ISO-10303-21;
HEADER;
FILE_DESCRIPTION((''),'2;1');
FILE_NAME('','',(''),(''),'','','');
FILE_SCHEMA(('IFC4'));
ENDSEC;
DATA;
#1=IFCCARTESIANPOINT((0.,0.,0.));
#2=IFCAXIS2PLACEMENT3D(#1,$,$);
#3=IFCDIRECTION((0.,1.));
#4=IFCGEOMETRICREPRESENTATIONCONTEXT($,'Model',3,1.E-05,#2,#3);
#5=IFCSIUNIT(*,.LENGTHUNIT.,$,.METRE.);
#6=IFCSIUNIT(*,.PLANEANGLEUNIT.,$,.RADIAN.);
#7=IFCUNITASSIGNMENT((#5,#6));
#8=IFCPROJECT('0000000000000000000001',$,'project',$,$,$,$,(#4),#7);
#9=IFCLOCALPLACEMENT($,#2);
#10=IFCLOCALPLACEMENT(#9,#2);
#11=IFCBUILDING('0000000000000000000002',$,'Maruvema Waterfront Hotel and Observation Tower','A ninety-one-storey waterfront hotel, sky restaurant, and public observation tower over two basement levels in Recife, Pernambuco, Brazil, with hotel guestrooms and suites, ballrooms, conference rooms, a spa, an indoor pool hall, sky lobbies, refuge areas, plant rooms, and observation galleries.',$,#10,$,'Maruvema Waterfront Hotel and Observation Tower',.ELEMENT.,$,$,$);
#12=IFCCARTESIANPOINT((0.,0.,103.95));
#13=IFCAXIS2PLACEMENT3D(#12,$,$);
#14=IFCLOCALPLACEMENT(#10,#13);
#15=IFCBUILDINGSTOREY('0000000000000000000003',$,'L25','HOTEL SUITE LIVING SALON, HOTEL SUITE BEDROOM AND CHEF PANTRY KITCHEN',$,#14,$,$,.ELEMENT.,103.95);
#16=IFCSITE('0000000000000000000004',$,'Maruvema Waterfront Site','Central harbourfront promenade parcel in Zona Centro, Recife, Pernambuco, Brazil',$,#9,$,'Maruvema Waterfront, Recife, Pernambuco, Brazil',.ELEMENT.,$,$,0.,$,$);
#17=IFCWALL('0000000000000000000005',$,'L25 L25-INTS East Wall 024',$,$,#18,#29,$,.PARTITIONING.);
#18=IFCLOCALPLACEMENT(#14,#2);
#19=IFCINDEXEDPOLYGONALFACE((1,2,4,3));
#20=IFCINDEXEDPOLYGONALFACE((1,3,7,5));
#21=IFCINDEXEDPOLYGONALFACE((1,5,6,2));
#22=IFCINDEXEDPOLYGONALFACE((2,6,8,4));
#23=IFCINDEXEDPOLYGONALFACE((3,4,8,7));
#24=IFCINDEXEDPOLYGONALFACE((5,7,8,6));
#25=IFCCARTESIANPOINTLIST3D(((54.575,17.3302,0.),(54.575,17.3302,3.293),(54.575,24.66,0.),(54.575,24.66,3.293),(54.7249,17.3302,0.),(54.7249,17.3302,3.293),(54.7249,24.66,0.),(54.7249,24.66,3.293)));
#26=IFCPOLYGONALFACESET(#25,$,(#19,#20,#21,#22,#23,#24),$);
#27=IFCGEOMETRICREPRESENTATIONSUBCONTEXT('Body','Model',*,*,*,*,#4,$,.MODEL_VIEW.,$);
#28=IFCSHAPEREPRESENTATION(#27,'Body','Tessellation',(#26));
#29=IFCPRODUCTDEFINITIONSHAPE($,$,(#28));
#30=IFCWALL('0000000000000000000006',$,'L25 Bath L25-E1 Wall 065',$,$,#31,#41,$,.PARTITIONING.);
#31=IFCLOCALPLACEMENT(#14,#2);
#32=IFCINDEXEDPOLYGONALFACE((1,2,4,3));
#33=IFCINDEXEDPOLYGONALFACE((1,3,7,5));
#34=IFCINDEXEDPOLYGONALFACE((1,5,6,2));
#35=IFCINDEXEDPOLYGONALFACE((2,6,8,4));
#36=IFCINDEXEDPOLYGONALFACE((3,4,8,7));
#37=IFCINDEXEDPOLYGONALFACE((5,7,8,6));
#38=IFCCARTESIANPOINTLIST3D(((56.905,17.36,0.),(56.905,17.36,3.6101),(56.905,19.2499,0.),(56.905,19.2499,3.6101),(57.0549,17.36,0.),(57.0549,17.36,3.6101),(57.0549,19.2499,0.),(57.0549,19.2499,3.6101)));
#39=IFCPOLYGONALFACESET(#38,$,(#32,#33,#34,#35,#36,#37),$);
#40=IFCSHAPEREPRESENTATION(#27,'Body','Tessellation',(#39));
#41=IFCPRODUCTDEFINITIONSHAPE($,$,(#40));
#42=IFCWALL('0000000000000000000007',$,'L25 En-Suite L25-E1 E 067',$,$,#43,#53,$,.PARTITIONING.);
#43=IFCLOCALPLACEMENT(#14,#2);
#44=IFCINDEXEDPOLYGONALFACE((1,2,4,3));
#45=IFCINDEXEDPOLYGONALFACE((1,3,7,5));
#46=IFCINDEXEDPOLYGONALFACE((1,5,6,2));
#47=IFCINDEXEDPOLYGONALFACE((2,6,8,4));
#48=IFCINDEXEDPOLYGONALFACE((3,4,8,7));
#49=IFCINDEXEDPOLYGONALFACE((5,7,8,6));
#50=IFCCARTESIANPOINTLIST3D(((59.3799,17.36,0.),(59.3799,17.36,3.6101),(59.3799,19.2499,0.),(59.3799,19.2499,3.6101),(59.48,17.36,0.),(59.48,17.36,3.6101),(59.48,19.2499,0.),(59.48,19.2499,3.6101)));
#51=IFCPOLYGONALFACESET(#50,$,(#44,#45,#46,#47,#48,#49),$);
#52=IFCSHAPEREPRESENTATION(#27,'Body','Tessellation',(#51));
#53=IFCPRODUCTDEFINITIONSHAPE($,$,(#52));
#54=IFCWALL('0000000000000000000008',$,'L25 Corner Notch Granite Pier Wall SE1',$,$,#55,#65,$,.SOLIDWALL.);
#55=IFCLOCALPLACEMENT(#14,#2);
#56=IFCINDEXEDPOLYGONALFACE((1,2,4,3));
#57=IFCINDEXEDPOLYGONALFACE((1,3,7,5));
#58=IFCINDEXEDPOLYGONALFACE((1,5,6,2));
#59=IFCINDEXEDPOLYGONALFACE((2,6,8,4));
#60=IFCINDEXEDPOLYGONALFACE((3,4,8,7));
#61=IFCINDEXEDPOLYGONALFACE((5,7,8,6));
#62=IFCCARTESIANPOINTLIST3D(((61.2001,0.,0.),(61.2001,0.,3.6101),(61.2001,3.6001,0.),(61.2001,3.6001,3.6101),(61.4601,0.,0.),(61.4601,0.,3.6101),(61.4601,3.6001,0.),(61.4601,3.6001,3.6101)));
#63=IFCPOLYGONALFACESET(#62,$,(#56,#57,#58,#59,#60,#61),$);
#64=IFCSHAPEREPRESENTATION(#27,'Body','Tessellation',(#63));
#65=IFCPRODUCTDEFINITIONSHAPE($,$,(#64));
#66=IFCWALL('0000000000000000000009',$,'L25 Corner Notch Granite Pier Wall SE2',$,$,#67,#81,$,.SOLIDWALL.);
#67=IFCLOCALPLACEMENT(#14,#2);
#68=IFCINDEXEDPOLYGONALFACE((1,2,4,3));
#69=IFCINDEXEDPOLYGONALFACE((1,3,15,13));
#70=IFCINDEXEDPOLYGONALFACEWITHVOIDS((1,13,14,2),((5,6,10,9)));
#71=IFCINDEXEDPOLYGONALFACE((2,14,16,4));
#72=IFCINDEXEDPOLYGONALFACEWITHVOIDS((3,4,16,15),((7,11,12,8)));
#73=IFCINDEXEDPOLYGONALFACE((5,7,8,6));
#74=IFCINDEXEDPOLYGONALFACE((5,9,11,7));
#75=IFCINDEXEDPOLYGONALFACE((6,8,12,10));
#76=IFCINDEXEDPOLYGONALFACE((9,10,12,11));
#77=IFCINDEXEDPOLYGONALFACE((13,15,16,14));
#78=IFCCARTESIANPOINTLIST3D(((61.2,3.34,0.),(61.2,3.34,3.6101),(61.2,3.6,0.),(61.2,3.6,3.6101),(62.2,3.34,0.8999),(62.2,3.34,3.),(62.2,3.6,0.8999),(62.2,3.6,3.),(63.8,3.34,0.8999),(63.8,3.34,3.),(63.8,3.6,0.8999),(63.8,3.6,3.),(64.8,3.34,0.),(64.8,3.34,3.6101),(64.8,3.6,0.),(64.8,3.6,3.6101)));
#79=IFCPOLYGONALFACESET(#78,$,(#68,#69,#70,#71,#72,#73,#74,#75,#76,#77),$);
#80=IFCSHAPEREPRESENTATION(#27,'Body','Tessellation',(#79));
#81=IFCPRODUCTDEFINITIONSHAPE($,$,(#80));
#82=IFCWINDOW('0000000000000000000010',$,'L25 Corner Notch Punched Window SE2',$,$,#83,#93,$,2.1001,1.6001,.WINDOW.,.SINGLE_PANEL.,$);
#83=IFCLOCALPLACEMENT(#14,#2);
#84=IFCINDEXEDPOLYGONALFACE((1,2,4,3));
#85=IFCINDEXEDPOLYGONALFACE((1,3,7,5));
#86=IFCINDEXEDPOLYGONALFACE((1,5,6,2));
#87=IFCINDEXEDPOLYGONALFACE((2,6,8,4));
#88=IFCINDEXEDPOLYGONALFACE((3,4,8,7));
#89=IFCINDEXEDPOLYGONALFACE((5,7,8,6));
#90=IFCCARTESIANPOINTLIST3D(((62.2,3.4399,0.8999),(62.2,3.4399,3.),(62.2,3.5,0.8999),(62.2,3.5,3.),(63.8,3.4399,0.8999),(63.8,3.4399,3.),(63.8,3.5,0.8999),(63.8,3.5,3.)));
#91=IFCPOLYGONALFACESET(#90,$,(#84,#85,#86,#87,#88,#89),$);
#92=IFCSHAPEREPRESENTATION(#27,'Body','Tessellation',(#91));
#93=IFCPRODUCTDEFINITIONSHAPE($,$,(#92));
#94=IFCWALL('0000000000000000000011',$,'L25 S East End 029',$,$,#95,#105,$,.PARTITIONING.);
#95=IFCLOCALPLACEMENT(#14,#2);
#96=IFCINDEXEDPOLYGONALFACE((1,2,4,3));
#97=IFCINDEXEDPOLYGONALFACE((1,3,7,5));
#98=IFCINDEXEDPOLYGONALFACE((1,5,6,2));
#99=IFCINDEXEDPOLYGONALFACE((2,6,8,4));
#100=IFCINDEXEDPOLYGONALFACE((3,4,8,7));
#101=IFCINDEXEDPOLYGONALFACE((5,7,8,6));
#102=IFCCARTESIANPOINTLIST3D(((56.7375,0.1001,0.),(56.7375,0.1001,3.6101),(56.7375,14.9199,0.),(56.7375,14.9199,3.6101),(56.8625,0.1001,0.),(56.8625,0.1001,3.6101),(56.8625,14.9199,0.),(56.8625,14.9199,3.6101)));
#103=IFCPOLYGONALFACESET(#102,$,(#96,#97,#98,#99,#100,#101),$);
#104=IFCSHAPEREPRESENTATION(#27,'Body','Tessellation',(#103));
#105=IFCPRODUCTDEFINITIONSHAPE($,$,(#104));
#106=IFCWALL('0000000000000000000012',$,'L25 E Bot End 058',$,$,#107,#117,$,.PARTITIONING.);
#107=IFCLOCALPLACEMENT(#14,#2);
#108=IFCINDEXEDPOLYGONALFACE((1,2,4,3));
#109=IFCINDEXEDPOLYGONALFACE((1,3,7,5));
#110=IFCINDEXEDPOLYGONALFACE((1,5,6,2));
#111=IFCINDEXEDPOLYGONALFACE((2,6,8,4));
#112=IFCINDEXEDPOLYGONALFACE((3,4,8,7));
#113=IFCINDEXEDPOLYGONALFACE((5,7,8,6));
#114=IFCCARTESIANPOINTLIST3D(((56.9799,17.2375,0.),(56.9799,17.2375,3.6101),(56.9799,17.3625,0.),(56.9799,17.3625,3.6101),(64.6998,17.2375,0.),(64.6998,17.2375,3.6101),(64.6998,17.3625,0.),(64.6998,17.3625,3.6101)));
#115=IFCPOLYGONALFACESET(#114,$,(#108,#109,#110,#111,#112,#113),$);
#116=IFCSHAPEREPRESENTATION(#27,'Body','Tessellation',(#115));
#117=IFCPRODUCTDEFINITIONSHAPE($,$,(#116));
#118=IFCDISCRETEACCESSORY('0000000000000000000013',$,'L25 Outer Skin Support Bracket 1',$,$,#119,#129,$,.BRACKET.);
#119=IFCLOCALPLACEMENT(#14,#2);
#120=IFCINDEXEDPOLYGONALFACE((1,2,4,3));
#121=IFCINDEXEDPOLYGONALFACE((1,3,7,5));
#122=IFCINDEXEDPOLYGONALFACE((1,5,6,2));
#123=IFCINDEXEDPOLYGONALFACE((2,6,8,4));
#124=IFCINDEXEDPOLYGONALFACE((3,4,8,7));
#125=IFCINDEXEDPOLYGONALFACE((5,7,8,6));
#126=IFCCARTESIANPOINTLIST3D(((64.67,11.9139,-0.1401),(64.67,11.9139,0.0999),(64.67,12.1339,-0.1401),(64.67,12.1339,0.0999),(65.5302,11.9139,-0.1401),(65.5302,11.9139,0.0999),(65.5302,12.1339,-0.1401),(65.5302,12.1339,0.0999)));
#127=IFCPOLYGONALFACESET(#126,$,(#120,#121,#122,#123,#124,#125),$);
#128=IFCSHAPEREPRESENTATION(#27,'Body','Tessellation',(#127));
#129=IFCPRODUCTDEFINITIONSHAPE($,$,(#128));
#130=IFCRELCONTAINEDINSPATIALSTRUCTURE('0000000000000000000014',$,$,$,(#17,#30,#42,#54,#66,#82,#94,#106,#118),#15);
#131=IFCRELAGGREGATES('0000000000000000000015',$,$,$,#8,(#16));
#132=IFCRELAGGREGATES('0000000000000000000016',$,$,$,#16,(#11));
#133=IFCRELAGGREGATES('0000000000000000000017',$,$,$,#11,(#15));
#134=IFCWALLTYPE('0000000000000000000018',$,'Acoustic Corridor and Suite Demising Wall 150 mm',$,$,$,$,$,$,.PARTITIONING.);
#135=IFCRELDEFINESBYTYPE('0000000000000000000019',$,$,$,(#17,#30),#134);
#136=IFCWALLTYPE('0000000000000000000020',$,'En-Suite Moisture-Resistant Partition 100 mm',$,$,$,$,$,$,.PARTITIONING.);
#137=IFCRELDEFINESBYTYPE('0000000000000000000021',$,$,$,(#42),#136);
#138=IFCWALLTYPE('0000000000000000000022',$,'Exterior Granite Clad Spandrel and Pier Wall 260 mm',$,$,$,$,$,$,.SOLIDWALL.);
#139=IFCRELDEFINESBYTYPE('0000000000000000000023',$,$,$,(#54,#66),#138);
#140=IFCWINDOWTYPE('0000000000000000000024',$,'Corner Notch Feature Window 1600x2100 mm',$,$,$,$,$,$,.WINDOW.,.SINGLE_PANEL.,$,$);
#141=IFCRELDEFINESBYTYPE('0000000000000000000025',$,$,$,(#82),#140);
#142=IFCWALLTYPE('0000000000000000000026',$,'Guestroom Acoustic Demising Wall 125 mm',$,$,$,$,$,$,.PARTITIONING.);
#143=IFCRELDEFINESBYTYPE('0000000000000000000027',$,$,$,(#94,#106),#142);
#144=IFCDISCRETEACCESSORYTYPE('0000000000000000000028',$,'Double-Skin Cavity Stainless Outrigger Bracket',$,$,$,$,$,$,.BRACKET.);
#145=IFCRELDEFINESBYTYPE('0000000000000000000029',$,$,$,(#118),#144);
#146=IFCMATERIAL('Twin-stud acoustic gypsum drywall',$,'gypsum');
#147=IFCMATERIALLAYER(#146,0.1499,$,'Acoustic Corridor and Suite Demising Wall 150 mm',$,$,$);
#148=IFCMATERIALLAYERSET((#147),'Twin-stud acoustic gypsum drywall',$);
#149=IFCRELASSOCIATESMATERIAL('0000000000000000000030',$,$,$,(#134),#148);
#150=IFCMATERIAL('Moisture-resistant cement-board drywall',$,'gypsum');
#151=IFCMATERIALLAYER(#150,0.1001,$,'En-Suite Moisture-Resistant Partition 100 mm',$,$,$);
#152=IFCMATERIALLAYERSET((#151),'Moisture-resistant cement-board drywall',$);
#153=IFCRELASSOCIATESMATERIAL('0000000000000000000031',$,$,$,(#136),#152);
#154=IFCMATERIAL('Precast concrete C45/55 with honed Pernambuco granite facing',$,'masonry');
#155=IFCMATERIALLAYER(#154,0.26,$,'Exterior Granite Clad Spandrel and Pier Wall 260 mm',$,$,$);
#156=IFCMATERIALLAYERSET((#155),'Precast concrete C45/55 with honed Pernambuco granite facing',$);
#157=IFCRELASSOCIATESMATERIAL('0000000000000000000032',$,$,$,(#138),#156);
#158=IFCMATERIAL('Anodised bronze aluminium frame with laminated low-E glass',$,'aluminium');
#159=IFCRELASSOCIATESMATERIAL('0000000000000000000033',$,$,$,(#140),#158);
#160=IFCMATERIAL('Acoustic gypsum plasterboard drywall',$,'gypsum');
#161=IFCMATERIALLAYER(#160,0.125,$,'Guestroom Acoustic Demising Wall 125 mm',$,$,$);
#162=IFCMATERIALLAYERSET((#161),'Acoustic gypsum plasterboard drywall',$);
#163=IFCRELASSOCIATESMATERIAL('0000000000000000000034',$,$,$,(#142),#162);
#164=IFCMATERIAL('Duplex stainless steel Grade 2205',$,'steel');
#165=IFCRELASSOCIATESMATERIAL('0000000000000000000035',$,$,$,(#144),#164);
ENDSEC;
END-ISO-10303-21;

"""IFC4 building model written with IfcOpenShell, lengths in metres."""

from ifc_helpers import new_model, si_unit, direction, frame, frame_2d, origin, origin_2d, place, context, subcontext, project, spatial, rectangle, extrude, material, layer, layer_set, type_object, element, fill, save


model = new_model("IFC4")

# Units and contexts
model_context = context("Model", 3, precision=1e-05, world=origin(), true_north=direction((0.0, 1.0)))
body_context = subcontext(model_context, "Body", "Model", "MODEL_VIEW")
ifc_project = project(units=[si_unit("LENGTHUNIT", "METRE"), si_unit("PLANEANGLEUNIT", "RADIAN")], contexts=[model_context])

# Site, building, storey
site_placement = place(None, origin())
site = spatial("IfcSite", under=ifc_project, at=site_placement, Name="Maruvema Waterfront Site", Description="Central harbourfront promenade parcel in Zona Centro, Recife, Pernambuco, Brazil", LongName="Maruvema Waterfront, Recife, Pernambuco, Brazil", CompositionType="ELEMENT", RefElevation=0.0)
building_placement = place(site_placement, origin())
building = spatial("IfcBuilding", under=site, at=building_placement, Name="Maruvema Waterfront Hotel and Observation Tower", Description="A ninety-one-storey waterfront hotel, sky restaurant, and public observation tower over two basement levels in Recife, Pernambuco, Brazil, with hotel guestrooms and suites, ballrooms, conference rooms, a spa, an indoor pool hall, sky lobbies, refuge areas, plant rooms, and observation galleries.", LongName="Maruvema Waterfront Hotel and Observation Tower", CompositionType="ELEMENT")
storey_placement = place(building_placement, frame((0.0, 0.0, 103.95)))
storey = spatial("IfcBuildingStorey", under=building, at=storey_placement, Name="L25", Description="HOTEL SUITE LIVING SALON, HOTEL SUITE BEDROOM AND CHEF PANTRY KITCHEN", CompositionType="ELEMENT", Elevation=103.95)

# Walls
ifc_material_1 = material(Name="Twin-stud acoustic gypsum drywall", Category="gypsum")
ifc_layer_1 = layer(ifc_material_1, 0.1499, Name="Acoustic Corridor and Suite Demising Wall 150 mm")
ifc_layer_set_1 = layer_set([ifc_layer_1], Name="Twin-stud acoustic gypsum drywall")
wall_type_1 = type_object("IfcWallType", Name="Acoustic Corridor and Suite Demising Wall 150 mm", PredefinedType="PARTITIONING", material=ifc_layer_set_1)
wall_1_placement = place(storey_placement, frame((54.6499, 17.3301, 0.0), z_axis=(0.0, 0.0, 1.0), x_axis=(0.0, 1.0, 0.0)))
element("IfcWall", 1, at=wall_1_placement, inside=storey, type_object=wall_type_1, Name="L25 L25-INTS East Wall 024", PredefinedType="PARTITIONING", context=body_context, shape_type="SweptSolid", body=[
    extrude(rectangle(XDim=7.3298, YDim=0.1499, at=frame_2d((3.665, 0.0))), origin(), (0.0, 0.0, 1.0), 3.293),
])
wall_2_placement = place(storey_placement, frame((56.98, 17.3601, 0.0), z_axis=(0.0, 0.0, 1.0), x_axis=(0.0, 1.0, 0.0)))
element("IfcWall", 2, at=wall_2_placement, inside=storey, type_object=wall_type_1, Name="L25 Bath L25-E1 Wall 065", PredefinedType="PARTITIONING", context=body_context, shape_type="SweptSolid", body=[
    extrude(rectangle(XDim=1.8899, YDim=0.1499, at=frame_2d((0.9448, 0.0))), origin(), (0.0, 0.0, 1.0), 3.6101),
])
ifc_material_2 = material(Name="Moisture-resistant cement-board drywall", Category="gypsum")
ifc_layer_2 = layer(ifc_material_2, 0.1001, Name="En-Suite Moisture-Resistant Partition 100 mm")
ifc_layer_set_2 = layer_set([ifc_layer_2], Name="Moisture-resistant cement-board drywall")
wall_type_2 = type_object("IfcWallType", Name="En-Suite Moisture-Resistant Partition 100 mm", PredefinedType="PARTITIONING", material=ifc_layer_set_2)
wall_3_placement = place(storey_placement, frame((59.4299, 17.3601, 0.0), z_axis=(0.0, 0.0, 1.0), x_axis=(0.0, 1.0, 0.0)))
element("IfcWall", 3, at=wall_3_placement, inside=storey, type_object=wall_type_2, Name="L25 En-Suite L25-E1 E 067", PredefinedType="PARTITIONING", context=body_context, shape_type="SweptSolid", body=[
    extrude(rectangle(XDim=1.8899, YDim=0.1001, at=frame_2d((0.9448, 0.0))), origin(), (0.0, 0.0, 1.0), 3.6101),
])
ifc_material_3 = material(Name="Precast concrete C45/55 with honed Pernambuco granite facing", Category="masonry")
ifc_layer_3 = layer(ifc_material_3, 0.26, Name="Exterior Granite Clad Spandrel and Pier Wall 260 mm")
ifc_layer_set_3 = layer_set([ifc_layer_3], Name="Precast concrete C45/55 with honed Pernambuco granite facing")
wall_type_3 = type_object("IfcWallType", Name="Exterior Granite Clad Spandrel and Pier Wall 260 mm", PredefinedType="SOLIDWALL", material=ifc_layer_set_3)
wall_4_placement = place(storey_placement, frame((61.3301, 3.6001, 0.0), z_axis=(0.0, 0.0, 1.0), x_axis=(0.0, -1.0, 0.0)))
element("IfcWall", 4, at=wall_4_placement, inside=storey, type_object=wall_type_3, Name="L25 Corner Notch Granite Pier Wall SE1", PredefinedType="SOLIDWALL", context=body_context, shape_type="SweptSolid", body=[
    extrude(rectangle(XDim=3.6001, YDim=0.26, at=frame_2d((1.8, 0.0))), origin(), (0.0, 0.0, 1.0), 3.6101),
])

# Wall, opening, window
wall_5_placement = place(storey_placement, frame((64.8, 3.47, 0.0), z_axis=(0.0, 0.0, 1.0), x_axis=(-1.0, 0.0, 0.0)))
wall_5 = element("IfcWall", 5, at=wall_5_placement, inside=storey, type_object=wall_type_3, Name="L25 Corner Notch Granite Pier Wall SE2", PredefinedType="SOLIDWALL", context=body_context, shape_type="SweptSolid", body=[
    extrude(rectangle(XDim=3.6001, YDim=0.26, at=frame_2d((1.8, 0.0))), origin(), (0.0, 0.0, 1.0), 3.6101),
])
opening_placement = place(wall_5_placement, frame((1.0, 0.0, 0.8999)))
opening = element("IfcOpeningElement", 6, at=opening_placement, cuts=wall_5, PredefinedType="OPENING", context=body_context, shape_type="SweptSolid", body=[
    extrude(rectangle(XDim=1.6001, YDim=2.1001, at=frame_2d((0.8, 1.05))), frame((0.0, 0.1401, 0.0), z_axis=(0.0, -1.0, 0.0), x_axis=(1.0, 0.0, 0.0)), (0.0, 0.0, 1.0), 0.28),
])
ifc_material_4 = material(Name="Anodised bronze aluminium frame with laminated low-E glass", Category="aluminium")
window_type = type_object("IfcWindowType", Name="Corner Notch Feature Window 1600x2100 mm", PartitioningType="SINGLE_PANEL", PredefinedType="WINDOW", material=ifc_material_4)
window_placement = place(opening_placement, origin())
window = element("IfcWindow", 7, at=window_placement, inside=storey, type_object=window_type, Name="L25 Corner Notch Punched Window SE2", OverallHeight=2.1001, OverallWidth=1.6001, PartitioningType="SINGLE_PANEL", PredefinedType="WINDOW", context=body_context, shape_type="SweptSolid", body=[
    extrude(rectangle(XDim=1.6001, YDim=2.1001, at=frame_2d((0.8, 1.05))), frame((0.0, 0.03, 0.0), z_axis=(0.0, -1.0, 0.0), x_axis=(1.0, 0.0, 0.0)), (0.0, 0.0, 1.0), 0.0601),
])
fill(opening, window)

# Walls
ifc_material_5 = material(Name="Acoustic gypsum plasterboard drywall", Category="gypsum")
ifc_layer_4 = layer(ifc_material_5, 0.125, Name="Guestroom Acoustic Demising Wall 125 mm")
ifc_layer_set_4 = layer_set([ifc_layer_4], Name="Acoustic gypsum plasterboard drywall")
wall_type_4 = type_object("IfcWallType", Name="Guestroom Acoustic Demising Wall 125 mm", PredefinedType="PARTITIONING", material=ifc_layer_set_4)
wall_6_placement = place(storey_placement, frame((56.8, 0.1001, 0.0), z_axis=(0.0, 0.0, 1.0), x_axis=(0.0, 1.0, 0.0)))
element("IfcWall", 8, at=wall_6_placement, inside=storey, type_object=wall_type_4, Name="L25 S East End 029", PredefinedType="PARTITIONING", context=body_context, shape_type="SweptSolid", body=[
    extrude(rectangle(XDim=14.8198, YDim=0.125, at=frame_2d((7.4099, 0.0))), origin(), (0.0, 0.0, 1.0), 3.6101),
])
wall_7_placement = place(storey_placement, frame((56.98, 17.3, 0.0), z_axis=(0.0, 0.0, 1.0), x_axis=(1.0, 0.0, 0.0)))
element("IfcWall", 9, at=wall_7_placement, inside=storey, type_object=wall_type_4, Name="L25 E Bot End 058", PredefinedType="PARTITIONING", context=body_context, shape_type="SweptSolid", body=[
    extrude(rectangle(XDim=7.72, YDim=0.125, at=frame_2d((3.8599, 0.0))), origin(), (0.0, 0.0, 1.0), 3.6101),
])

# Discrete accessory
ifc_material_6 = material(Name="Duplex stainless steel Grade 2205", Category="steel")
discrete_accessory_type = type_object("IfcDiscreteAccessoryType", Name="Double-Skin Cavity Stainless Outrigger Bracket", PredefinedType="BRACKET", material=ifc_material_6)
discrete_accessory_placement = place(storey_placement, frame((65.1001, 12.0239, -0.1401), z_axis=(0.0, 0.0, 1.0), x_axis=(0.0, 1.0, 0.0)))
element("IfcDiscreteAccessory", 10, at=discrete_accessory_placement, inside=storey, type_object=discrete_accessory_type, Name="L25 Outer Skin Support Bracket 1", PredefinedType="BRACKET", context=body_context, shape_type="SweptSolid", body=[
    extrude(rectangle(XDim=0.22, YDim=0.8601, at=origin_2d()), origin(), (0.0, 0.0, 1.0), 0.24),
])

save(model, "model.ifc")
